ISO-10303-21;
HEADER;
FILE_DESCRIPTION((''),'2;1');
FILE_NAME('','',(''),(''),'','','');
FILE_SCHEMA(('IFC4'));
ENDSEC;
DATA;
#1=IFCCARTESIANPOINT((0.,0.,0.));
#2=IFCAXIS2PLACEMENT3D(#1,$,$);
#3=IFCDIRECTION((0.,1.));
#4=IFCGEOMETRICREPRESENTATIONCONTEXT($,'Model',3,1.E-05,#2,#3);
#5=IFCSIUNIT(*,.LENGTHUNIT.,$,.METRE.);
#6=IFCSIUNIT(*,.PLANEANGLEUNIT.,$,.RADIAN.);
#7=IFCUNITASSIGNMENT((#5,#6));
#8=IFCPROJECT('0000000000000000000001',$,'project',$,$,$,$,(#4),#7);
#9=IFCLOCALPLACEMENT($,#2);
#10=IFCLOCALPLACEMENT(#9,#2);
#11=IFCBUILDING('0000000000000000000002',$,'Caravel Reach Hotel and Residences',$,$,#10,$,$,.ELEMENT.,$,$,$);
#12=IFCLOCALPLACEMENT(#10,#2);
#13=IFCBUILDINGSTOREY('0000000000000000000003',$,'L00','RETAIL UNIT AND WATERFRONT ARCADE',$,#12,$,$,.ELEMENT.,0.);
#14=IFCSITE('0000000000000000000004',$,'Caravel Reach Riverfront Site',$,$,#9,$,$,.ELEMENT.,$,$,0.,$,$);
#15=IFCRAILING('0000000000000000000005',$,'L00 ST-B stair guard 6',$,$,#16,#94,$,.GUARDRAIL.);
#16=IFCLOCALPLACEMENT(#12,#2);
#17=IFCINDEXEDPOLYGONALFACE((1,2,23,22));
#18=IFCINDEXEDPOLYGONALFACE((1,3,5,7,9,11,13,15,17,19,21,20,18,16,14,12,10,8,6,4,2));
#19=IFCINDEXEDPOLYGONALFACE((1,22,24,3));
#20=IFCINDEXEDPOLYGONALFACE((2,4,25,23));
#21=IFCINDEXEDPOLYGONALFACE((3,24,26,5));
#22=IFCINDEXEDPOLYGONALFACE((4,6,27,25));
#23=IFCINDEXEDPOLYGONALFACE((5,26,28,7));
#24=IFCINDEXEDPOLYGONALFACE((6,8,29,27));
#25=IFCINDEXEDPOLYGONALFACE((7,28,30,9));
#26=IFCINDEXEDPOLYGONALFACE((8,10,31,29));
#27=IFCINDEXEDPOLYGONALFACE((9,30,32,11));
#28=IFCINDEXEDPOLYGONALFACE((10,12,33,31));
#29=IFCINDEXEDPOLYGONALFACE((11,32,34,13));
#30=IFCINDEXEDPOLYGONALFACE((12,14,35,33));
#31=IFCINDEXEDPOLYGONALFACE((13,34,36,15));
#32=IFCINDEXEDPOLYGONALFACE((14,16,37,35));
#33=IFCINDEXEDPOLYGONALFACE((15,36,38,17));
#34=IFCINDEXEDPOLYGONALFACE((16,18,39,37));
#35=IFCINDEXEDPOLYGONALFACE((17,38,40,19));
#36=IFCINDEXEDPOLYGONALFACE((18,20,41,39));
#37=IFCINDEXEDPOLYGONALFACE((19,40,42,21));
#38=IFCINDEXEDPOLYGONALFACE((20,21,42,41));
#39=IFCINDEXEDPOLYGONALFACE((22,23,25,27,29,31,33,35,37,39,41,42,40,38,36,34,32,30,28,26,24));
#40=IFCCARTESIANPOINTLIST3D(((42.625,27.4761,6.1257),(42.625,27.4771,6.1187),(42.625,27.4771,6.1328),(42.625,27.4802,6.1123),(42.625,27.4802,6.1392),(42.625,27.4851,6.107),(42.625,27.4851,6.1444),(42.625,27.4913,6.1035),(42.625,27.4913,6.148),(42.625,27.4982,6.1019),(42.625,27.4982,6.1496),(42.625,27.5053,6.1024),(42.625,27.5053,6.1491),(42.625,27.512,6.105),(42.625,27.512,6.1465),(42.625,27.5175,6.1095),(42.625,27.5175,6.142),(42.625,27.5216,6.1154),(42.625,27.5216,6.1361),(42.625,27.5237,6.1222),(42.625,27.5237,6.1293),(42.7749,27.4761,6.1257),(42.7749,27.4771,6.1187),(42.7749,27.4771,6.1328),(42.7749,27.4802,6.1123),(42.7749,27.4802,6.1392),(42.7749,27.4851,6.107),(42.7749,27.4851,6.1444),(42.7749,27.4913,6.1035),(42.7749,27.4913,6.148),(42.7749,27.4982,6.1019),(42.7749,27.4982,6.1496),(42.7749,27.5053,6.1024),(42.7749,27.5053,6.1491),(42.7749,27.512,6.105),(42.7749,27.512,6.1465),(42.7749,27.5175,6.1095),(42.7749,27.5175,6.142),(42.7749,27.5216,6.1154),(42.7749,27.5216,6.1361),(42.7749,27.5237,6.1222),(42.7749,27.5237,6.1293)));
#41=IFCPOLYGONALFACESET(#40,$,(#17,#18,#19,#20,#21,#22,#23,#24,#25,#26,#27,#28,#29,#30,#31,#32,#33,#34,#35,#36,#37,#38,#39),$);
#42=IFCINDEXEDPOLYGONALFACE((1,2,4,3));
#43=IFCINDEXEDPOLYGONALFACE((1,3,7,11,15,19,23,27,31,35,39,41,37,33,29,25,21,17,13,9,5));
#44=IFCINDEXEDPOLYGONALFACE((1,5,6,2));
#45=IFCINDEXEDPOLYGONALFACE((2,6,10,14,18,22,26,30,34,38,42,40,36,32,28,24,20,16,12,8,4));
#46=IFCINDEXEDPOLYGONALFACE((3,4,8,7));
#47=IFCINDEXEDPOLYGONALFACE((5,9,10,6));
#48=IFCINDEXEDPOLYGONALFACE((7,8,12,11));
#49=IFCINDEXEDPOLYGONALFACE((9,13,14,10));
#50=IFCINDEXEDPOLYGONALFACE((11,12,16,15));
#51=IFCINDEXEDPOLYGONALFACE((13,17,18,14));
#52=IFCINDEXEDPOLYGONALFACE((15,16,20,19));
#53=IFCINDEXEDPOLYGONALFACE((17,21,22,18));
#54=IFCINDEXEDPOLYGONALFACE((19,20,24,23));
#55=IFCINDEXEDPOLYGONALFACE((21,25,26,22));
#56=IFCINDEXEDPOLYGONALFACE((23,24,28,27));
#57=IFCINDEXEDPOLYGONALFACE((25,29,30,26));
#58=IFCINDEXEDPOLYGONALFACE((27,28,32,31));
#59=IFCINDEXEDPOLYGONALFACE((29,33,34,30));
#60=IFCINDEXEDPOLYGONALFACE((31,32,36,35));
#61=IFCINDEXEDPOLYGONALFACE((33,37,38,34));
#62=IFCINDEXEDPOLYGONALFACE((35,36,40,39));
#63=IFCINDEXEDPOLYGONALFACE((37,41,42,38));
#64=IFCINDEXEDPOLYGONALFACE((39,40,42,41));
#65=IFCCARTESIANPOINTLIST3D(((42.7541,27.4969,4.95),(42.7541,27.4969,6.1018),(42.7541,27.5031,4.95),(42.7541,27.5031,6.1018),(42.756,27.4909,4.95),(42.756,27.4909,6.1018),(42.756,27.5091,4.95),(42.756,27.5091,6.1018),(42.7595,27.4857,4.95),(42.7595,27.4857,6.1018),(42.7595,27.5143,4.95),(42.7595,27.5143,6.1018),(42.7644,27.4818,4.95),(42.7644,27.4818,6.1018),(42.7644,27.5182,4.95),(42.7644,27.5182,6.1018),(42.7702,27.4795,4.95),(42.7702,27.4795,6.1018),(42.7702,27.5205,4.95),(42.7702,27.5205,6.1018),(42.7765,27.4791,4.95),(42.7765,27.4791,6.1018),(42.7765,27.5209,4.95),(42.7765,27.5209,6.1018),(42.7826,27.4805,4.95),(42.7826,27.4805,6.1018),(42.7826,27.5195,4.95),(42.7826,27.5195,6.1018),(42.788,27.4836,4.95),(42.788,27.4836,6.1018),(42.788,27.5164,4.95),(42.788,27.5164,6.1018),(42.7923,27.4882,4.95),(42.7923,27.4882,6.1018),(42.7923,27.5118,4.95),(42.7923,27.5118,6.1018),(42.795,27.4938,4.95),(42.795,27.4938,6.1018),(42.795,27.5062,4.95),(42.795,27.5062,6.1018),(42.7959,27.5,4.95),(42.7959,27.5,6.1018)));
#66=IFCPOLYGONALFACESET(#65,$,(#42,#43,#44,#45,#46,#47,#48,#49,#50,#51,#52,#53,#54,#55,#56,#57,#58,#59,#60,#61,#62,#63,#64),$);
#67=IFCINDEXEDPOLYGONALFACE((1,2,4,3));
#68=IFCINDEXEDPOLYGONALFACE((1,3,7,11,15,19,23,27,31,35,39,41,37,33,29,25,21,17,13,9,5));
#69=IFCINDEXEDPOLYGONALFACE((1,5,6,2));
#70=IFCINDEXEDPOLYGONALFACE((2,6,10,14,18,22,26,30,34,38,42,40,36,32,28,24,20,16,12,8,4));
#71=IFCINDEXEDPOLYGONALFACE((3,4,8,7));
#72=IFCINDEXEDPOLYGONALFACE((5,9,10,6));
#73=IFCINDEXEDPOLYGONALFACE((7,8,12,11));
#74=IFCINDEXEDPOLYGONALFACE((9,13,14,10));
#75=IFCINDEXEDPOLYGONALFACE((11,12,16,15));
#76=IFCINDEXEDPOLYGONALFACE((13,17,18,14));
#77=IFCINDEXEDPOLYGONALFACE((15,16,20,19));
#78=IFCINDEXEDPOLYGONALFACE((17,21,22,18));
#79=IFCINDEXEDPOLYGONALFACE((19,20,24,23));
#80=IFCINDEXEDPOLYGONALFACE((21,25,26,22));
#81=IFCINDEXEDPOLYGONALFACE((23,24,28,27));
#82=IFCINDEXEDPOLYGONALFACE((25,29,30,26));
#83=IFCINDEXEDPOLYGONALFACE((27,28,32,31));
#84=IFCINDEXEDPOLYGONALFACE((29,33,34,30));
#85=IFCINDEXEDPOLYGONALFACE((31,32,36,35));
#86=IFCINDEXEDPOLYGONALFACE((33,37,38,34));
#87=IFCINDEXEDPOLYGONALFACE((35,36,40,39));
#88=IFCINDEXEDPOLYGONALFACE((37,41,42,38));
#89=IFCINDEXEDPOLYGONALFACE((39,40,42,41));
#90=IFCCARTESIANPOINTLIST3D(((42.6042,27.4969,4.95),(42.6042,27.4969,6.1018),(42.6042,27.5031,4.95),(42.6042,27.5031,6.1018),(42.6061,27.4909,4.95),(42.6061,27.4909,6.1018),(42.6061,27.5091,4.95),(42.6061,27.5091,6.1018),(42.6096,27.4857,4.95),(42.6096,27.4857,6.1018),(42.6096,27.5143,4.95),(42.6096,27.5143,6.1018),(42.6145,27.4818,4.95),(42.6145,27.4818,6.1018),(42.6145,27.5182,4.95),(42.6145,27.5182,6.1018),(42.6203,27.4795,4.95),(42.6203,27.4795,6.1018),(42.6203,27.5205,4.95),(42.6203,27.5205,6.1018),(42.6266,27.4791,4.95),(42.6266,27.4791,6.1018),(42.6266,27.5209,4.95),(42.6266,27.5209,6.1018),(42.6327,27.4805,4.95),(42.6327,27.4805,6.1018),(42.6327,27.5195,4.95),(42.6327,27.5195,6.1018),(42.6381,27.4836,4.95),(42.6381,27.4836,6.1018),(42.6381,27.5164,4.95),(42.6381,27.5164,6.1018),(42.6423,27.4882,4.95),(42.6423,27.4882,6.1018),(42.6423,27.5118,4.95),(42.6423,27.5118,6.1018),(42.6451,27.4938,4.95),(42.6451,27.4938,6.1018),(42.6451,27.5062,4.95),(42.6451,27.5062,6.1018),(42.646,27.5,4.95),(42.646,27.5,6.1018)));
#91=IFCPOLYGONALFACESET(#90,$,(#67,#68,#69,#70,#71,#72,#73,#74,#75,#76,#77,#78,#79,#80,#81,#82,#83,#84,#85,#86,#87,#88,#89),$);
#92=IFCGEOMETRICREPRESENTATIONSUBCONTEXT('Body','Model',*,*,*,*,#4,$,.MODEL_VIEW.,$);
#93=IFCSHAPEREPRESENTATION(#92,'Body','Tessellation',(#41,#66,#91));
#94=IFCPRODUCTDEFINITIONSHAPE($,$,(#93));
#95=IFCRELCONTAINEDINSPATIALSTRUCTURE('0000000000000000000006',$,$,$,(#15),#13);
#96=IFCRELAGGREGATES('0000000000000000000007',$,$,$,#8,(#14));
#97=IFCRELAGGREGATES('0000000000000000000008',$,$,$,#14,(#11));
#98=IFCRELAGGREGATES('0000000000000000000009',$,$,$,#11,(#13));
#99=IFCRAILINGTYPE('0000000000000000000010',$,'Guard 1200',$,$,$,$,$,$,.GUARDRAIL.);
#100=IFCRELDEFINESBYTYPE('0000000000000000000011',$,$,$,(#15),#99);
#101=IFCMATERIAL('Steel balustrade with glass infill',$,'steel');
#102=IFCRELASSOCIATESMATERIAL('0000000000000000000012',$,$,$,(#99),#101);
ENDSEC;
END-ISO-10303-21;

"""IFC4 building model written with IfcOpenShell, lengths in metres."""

from ifc_helpers import new_model, si_unit, direction, frame, origin, origin_2d, place, context, subcontext, project, spatial, circle, extrude, material, type_object, element, save


model = new_model("IFC4")

# Units and contexts
model_context = context("Model", 3, precision=1e-05, world=origin(), true_north=direction((0.0, 1.0)))
body_context = subcontext(model_context, "Body", "Model", "MODEL_VIEW")
ifc_project = project(units=[si_unit("LENGTHUNIT", "METRE"), si_unit("PLANEANGLEUNIT", "RADIAN")], contexts=[model_context])

# Site, building, storey
site_placement = place(None, origin())
site = spatial("IfcSite", under=ifc_project, at=site_placement, Name="Caravel Reach Riverfront Site", CompositionType="ELEMENT", RefElevation=0.0)
building_placement = place(site_placement, origin())
building = spatial("IfcBuilding", under=site, at=building_placement, Name="Caravel Reach Hotel and Residences", CompositionType="ELEMENT")
storey_placement = place(building_placement, origin())
storey = spatial("IfcBuildingStorey", under=building, at=storey_placement, Name="L00", Description="RETAIL UNIT AND WATERFRONT ARCADE", CompositionType="ELEMENT", Elevation=0.0)

# Railing
ifc_material_1 = material(Name="Steel balustrade with glass infill", Category="steel")
railing_type_1 = type_object("IfcRailingType", Name="Guard 1200", PredefinedType="GUARDRAIL", material=ifc_material_1)
railing_1_placement = place(storey_placement, frame((42.7749, 27.5, 4.95)))
element("IfcRailing", 1, at=railing_1_placement, inside=storey, type_object=railing_type_1, Name="L00 ST-B stair guard 6", PredefinedType="GUARDRAIL", context=body_context, shape_type="SweptSolid", body=[
    extrude(circle(Radius=0.0239, at=origin_2d()), frame((0.0, 0.0, 1.1758), z_axis=(-1.0, 0.0, 0.0), x_axis=(0.0, -1.0, 0.0)), (0.0, 0.0, 1.0), 0.1499),
    extrude(circle(Radius=0.021, at=origin_2d()), origin(), (0.0, 0.0, 1.0), 1.1519),
    extrude(circle(Radius=0.021, at=origin_2d()), frame((-0.1499, 0.0, 0.0)), (0.0, 0.0, 1.0), 1.1519),
])

save(model, "model.ifc")
